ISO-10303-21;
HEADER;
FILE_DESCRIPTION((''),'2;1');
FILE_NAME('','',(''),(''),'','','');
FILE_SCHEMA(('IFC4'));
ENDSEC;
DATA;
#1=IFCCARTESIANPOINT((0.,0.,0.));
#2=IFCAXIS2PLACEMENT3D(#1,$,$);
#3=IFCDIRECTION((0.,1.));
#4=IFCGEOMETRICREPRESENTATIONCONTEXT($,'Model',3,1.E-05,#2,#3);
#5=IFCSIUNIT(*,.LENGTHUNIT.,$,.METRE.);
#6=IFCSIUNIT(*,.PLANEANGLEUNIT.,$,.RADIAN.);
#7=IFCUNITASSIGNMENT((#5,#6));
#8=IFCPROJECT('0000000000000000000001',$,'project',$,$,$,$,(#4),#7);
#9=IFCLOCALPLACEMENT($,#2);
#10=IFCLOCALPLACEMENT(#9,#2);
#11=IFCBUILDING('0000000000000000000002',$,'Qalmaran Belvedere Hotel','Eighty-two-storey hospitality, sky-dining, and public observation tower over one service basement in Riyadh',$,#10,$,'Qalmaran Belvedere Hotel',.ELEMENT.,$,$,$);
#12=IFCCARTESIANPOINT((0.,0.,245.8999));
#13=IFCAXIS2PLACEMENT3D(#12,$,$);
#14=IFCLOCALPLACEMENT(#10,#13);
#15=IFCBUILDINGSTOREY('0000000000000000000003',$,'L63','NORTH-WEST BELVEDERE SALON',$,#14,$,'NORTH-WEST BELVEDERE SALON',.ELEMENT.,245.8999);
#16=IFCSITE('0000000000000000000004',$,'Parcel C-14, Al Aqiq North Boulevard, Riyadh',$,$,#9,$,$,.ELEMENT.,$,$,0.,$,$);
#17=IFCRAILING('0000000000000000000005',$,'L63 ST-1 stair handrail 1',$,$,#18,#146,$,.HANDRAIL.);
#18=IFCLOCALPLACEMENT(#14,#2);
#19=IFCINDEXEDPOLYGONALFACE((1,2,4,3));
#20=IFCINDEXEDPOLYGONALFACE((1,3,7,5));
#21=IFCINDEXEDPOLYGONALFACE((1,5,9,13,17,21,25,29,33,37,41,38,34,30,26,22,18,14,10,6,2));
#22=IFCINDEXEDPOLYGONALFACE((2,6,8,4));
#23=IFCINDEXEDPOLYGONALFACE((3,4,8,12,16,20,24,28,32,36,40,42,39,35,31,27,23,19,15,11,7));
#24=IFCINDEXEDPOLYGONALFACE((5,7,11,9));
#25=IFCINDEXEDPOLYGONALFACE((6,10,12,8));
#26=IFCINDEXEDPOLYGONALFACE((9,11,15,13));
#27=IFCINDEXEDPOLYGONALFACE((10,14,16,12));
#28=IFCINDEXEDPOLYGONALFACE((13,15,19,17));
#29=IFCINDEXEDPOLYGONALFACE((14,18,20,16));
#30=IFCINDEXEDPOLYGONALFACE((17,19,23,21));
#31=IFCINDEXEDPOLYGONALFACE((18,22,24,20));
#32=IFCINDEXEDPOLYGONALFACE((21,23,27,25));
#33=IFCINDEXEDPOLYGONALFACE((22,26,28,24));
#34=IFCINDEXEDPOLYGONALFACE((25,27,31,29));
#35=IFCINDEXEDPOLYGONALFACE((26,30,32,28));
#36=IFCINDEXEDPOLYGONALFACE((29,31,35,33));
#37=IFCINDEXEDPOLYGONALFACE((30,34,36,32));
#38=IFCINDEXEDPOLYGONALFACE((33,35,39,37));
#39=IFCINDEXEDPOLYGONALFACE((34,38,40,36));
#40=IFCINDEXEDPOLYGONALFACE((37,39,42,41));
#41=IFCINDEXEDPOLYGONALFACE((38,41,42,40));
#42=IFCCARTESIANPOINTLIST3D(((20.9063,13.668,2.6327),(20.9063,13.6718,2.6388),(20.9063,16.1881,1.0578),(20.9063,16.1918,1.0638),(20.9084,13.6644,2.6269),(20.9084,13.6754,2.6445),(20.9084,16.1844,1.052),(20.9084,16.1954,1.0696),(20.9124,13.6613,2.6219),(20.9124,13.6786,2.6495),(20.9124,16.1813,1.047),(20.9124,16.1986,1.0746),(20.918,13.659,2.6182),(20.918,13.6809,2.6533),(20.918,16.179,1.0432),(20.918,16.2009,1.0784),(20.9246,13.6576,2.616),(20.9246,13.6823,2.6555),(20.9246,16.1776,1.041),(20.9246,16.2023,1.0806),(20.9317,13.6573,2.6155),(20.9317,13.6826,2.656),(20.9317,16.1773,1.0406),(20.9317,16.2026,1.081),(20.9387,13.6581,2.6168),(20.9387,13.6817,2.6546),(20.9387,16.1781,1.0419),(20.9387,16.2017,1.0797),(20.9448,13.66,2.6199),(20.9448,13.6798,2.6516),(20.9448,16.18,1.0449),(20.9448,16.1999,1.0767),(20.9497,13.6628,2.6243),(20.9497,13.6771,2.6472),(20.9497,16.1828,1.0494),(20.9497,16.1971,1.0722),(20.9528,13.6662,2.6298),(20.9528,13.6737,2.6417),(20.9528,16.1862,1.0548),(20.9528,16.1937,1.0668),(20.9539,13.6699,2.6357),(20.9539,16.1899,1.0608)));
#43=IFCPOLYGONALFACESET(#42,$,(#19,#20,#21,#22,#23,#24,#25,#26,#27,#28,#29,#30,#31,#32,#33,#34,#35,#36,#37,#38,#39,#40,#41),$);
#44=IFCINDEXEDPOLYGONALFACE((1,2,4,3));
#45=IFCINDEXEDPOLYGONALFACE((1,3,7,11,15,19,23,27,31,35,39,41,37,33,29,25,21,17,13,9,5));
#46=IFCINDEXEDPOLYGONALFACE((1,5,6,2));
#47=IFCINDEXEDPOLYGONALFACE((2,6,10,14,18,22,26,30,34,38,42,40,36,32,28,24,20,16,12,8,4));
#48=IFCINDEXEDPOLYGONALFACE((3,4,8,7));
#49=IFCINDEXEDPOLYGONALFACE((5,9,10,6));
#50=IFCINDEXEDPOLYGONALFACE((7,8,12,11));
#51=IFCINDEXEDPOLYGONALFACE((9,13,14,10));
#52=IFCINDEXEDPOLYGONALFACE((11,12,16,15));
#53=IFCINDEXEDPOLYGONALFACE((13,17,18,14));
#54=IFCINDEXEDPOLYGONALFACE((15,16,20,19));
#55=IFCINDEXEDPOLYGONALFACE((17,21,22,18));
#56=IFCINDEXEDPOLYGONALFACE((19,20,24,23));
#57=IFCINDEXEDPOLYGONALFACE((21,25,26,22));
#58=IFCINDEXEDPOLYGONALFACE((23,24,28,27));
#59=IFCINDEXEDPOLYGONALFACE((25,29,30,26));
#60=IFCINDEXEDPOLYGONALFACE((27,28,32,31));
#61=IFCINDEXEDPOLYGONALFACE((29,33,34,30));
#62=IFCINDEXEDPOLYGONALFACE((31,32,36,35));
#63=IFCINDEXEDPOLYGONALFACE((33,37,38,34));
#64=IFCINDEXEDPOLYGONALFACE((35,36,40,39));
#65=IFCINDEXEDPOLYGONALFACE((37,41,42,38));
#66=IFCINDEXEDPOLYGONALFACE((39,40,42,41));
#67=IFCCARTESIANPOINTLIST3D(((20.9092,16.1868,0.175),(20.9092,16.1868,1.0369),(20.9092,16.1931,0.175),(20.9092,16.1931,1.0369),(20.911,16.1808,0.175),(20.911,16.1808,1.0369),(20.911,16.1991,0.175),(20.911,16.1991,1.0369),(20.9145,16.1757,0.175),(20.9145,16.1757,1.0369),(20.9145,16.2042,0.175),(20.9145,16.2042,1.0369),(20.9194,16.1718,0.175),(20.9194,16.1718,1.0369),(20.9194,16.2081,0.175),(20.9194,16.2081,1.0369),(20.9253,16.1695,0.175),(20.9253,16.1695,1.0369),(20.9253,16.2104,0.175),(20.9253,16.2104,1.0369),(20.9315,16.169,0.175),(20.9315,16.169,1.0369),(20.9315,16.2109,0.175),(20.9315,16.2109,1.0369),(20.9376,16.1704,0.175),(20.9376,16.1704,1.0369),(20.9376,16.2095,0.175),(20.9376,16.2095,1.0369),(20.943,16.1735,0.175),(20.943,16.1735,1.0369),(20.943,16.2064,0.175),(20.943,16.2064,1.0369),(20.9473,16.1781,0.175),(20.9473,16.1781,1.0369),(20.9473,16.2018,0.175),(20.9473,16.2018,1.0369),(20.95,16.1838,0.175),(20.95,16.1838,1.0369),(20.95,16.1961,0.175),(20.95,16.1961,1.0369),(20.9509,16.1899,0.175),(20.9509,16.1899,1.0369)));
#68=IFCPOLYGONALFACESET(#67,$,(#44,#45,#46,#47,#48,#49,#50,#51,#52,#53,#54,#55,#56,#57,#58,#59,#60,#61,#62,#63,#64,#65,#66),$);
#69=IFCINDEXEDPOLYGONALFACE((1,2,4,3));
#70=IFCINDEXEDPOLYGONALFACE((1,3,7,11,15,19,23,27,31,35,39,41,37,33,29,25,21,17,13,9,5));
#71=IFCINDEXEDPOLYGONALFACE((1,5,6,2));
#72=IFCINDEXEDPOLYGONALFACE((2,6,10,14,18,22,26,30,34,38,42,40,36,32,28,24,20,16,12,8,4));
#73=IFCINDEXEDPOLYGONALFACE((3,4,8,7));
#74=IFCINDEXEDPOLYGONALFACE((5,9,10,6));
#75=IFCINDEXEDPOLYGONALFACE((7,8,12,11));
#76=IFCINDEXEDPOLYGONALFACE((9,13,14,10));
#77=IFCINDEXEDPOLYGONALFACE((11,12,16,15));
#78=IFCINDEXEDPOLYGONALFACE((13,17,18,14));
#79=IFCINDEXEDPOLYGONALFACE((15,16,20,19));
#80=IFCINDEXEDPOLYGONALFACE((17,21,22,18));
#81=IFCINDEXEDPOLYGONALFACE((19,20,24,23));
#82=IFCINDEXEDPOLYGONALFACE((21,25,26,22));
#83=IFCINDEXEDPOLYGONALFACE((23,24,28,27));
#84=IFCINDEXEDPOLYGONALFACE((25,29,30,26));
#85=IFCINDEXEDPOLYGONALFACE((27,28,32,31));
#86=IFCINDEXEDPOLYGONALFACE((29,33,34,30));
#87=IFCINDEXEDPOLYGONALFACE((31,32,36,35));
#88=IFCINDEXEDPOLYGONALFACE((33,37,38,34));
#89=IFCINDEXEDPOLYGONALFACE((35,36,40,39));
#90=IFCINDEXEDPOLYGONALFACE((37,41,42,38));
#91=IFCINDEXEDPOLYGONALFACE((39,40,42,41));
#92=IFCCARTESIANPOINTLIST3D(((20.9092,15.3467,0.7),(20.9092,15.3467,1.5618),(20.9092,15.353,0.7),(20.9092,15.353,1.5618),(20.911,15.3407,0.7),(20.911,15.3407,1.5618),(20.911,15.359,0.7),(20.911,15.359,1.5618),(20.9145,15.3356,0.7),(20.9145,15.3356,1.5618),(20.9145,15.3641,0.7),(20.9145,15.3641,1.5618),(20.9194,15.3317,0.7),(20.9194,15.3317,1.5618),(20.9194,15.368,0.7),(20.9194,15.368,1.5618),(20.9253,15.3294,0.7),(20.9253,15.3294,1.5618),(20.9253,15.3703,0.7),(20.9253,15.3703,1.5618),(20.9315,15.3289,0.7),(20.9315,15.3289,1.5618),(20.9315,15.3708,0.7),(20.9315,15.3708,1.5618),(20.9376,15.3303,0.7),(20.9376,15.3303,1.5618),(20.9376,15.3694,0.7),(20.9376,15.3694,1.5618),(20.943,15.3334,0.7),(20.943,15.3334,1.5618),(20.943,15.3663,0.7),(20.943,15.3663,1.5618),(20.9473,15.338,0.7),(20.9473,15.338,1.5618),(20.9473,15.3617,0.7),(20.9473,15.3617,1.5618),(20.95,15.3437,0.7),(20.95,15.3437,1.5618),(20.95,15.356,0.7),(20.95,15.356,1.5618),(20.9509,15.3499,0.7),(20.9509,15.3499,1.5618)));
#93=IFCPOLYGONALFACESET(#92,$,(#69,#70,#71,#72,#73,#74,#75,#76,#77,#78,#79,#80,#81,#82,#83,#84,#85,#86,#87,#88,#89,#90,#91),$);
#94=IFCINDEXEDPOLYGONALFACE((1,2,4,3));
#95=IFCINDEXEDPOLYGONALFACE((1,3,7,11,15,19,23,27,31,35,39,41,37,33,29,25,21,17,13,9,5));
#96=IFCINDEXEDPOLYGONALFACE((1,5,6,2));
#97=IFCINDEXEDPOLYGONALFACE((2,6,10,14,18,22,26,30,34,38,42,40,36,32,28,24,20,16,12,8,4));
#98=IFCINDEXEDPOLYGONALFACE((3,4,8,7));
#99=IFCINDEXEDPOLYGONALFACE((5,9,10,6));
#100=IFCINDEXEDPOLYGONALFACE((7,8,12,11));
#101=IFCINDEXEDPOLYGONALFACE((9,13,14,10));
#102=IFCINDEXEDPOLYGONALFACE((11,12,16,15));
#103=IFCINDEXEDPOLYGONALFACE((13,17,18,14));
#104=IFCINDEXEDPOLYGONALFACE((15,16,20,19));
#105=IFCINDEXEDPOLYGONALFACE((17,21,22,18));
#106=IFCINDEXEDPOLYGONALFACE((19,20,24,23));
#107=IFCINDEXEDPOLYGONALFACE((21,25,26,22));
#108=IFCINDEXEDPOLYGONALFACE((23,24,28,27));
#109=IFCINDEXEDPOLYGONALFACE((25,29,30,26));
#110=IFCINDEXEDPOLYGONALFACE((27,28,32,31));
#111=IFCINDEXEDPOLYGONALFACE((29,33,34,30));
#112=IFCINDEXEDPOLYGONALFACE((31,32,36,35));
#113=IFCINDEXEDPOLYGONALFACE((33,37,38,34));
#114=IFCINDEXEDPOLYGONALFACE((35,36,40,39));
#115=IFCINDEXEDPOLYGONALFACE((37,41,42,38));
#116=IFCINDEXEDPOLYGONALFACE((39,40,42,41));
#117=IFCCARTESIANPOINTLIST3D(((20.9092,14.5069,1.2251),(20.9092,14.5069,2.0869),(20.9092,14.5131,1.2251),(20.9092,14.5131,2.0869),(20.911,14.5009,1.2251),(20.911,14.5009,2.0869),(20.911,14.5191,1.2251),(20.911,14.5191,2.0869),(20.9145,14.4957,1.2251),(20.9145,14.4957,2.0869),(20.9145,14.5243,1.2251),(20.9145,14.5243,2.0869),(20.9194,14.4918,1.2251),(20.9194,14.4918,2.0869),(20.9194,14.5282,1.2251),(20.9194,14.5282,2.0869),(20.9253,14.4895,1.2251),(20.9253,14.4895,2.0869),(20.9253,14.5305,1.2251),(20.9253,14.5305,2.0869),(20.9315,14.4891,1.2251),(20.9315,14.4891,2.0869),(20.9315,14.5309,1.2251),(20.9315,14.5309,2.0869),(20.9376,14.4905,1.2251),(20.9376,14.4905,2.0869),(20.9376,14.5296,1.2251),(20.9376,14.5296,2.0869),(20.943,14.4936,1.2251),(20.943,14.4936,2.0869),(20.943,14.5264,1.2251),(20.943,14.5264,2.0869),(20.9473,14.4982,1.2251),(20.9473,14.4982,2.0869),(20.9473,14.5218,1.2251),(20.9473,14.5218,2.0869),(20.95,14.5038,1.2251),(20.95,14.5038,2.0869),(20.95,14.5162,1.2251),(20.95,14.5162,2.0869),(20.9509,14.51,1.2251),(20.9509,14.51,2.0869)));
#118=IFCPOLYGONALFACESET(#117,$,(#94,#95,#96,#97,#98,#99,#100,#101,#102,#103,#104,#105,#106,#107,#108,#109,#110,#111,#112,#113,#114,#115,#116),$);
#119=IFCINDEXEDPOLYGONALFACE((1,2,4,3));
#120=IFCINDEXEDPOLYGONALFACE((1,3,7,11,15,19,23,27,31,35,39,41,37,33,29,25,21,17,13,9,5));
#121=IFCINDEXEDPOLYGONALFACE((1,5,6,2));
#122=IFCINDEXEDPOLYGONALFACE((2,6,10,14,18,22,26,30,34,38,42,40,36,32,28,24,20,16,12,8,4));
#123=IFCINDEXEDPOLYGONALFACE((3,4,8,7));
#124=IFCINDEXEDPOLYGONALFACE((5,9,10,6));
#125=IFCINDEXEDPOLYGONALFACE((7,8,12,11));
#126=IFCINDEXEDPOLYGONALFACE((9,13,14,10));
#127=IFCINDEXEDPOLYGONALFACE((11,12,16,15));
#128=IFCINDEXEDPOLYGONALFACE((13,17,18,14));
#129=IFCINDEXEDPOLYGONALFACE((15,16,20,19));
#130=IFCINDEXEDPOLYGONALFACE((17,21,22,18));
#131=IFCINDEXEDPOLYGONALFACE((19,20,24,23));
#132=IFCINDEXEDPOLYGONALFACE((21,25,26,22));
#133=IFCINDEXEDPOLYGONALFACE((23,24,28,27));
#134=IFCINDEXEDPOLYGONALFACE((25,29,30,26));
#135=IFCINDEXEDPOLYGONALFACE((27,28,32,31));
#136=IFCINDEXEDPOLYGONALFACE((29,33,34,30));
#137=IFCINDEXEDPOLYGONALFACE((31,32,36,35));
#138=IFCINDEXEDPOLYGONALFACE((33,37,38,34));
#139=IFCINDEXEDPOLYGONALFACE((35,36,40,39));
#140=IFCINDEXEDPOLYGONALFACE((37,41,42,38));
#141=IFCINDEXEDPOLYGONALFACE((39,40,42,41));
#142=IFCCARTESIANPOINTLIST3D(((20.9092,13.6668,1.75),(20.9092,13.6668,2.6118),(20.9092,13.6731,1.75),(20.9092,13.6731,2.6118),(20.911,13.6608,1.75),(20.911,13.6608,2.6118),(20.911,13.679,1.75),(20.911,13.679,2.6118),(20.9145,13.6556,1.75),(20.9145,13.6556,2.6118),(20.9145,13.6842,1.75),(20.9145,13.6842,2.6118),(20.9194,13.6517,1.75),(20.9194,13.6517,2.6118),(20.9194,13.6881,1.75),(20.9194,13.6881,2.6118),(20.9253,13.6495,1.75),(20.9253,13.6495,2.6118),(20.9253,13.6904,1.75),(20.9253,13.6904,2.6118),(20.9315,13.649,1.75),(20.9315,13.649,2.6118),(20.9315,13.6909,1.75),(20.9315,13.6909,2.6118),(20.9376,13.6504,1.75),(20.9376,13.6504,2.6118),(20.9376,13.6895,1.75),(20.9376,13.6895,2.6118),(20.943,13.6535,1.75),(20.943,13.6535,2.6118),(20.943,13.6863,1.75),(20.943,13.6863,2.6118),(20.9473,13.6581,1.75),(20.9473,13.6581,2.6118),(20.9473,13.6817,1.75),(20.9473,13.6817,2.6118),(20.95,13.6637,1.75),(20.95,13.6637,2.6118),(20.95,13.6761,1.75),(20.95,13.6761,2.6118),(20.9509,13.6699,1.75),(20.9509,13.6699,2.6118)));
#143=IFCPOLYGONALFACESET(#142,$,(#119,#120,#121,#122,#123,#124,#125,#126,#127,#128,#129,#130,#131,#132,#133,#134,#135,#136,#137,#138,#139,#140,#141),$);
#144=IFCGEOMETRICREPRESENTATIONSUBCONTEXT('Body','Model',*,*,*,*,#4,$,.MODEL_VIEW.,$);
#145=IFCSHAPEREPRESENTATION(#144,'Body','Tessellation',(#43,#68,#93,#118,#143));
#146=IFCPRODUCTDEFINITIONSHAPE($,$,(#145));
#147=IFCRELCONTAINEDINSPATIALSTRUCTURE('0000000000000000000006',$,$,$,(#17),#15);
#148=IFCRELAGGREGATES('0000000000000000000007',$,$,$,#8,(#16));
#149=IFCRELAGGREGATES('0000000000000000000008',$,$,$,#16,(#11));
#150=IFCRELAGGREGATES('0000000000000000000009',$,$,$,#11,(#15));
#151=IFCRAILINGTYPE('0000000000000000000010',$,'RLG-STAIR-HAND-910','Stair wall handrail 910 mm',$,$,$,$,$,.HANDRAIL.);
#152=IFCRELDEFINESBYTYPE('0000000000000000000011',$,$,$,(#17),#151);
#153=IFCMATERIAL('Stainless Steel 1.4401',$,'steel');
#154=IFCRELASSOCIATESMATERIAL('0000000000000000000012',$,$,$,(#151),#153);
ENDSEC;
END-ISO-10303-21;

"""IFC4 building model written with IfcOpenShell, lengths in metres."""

from ifc_helpers import new_model, si_unit, direction, frame, origin, origin_2d, place, context, subcontext, project, spatial, circle, extrude, material, type_object, element, save


model = new_model("IFC4")

# Units and contexts
model_context = context("Model", 3, precision=1e-05, world=origin(), true_north=direction((0.0, 1.0)))
body_context = subcontext(model_context, "Body", "Model", "MODEL_VIEW")
ifc_project = project(units=[si_unit("LENGTHUNIT", "METRE"), si_unit("PLANEANGLEUNIT", "RADIAN")], contexts=[model_context])

# Site, building, storey
site_placement = place(None, origin())
site = spatial("IfcSite", under=ifc_project, at=site_placement, Name="Parcel C-14, Al Aqiq North Boulevard, Riyadh", CompositionType="ELEMENT", RefElevation=0.0)
building_placement = place(site_placement, origin())
building = spatial("IfcBuilding", under=site, at=building_placement, Name="Qalmaran Belvedere Hotel", Description="Eighty-two-storey hospitality, sky-dining, and public observation tower over one service basement in Riyadh", LongName="Qalmaran Belvedere Hotel", CompositionType="ELEMENT")
storey_placement = place(building_placement, frame((0.0, 0.0, 245.8999)))
storey = spatial("IfcBuildingStorey", under=building, at=storey_placement, Name="L63", Description="NORTH-WEST BELVEDERE SALON", LongName="NORTH-WEST BELVEDERE SALON", CompositionType="ELEMENT", Elevation=245.8999)

# Shared definitions
ifc_material_1 = material(Name="Stainless Steel 1.4401", Category="steel")

# Railing
railing_type_1 = type_object("IfcRailingType", Name="RLG-STAIR-HAND-910", Description="Stair wall handrail 910 mm", PredefinedType="HANDRAIL", material=ifc_material_1)
railing_1_placement = place(storey_placement, frame((20.9299, 16.1899, 0.175)))
element("IfcRailing", 1, at=railing_1_placement, inside=storey, type_object=railing_type_1, Name="L63 ST-1 stair handrail 1", PredefinedType="HANDRAIL", context=body_context, shape_type="SweptSolid", body=[
    extrude(circle(Radius=0.0239, at=origin_2d()), frame((0.0, 0.0, 0.8857), z_axis=(0.0, -0.848008, 0.529984), x_axis=(1.0, 0.0, 0.0)), (0.0, 0.0, 1.0), 2.9717),
    extrude(circle(Radius=0.021, at=origin_2d()), origin(), (0.0, 0.0, 1.0), 0.8618),
    extrude(circle(Radius=0.021, at=origin_2d()), frame((0.0, -0.8401, 0.5249)), (0.0, 0.0, 1.0), 0.8618),
    extrude(circle(Radius=0.021, at=origin_2d()), frame((0.0, -1.6799, 1.05)), (0.0, 0.0, 1.0), 0.8618),
    extrude(circle(Radius=0.021, at=origin_2d()), frame((0.0, -2.52, 1.575)), (0.0, 0.0, 1.0), 0.8618),
])

save(model, "model.ifc")
